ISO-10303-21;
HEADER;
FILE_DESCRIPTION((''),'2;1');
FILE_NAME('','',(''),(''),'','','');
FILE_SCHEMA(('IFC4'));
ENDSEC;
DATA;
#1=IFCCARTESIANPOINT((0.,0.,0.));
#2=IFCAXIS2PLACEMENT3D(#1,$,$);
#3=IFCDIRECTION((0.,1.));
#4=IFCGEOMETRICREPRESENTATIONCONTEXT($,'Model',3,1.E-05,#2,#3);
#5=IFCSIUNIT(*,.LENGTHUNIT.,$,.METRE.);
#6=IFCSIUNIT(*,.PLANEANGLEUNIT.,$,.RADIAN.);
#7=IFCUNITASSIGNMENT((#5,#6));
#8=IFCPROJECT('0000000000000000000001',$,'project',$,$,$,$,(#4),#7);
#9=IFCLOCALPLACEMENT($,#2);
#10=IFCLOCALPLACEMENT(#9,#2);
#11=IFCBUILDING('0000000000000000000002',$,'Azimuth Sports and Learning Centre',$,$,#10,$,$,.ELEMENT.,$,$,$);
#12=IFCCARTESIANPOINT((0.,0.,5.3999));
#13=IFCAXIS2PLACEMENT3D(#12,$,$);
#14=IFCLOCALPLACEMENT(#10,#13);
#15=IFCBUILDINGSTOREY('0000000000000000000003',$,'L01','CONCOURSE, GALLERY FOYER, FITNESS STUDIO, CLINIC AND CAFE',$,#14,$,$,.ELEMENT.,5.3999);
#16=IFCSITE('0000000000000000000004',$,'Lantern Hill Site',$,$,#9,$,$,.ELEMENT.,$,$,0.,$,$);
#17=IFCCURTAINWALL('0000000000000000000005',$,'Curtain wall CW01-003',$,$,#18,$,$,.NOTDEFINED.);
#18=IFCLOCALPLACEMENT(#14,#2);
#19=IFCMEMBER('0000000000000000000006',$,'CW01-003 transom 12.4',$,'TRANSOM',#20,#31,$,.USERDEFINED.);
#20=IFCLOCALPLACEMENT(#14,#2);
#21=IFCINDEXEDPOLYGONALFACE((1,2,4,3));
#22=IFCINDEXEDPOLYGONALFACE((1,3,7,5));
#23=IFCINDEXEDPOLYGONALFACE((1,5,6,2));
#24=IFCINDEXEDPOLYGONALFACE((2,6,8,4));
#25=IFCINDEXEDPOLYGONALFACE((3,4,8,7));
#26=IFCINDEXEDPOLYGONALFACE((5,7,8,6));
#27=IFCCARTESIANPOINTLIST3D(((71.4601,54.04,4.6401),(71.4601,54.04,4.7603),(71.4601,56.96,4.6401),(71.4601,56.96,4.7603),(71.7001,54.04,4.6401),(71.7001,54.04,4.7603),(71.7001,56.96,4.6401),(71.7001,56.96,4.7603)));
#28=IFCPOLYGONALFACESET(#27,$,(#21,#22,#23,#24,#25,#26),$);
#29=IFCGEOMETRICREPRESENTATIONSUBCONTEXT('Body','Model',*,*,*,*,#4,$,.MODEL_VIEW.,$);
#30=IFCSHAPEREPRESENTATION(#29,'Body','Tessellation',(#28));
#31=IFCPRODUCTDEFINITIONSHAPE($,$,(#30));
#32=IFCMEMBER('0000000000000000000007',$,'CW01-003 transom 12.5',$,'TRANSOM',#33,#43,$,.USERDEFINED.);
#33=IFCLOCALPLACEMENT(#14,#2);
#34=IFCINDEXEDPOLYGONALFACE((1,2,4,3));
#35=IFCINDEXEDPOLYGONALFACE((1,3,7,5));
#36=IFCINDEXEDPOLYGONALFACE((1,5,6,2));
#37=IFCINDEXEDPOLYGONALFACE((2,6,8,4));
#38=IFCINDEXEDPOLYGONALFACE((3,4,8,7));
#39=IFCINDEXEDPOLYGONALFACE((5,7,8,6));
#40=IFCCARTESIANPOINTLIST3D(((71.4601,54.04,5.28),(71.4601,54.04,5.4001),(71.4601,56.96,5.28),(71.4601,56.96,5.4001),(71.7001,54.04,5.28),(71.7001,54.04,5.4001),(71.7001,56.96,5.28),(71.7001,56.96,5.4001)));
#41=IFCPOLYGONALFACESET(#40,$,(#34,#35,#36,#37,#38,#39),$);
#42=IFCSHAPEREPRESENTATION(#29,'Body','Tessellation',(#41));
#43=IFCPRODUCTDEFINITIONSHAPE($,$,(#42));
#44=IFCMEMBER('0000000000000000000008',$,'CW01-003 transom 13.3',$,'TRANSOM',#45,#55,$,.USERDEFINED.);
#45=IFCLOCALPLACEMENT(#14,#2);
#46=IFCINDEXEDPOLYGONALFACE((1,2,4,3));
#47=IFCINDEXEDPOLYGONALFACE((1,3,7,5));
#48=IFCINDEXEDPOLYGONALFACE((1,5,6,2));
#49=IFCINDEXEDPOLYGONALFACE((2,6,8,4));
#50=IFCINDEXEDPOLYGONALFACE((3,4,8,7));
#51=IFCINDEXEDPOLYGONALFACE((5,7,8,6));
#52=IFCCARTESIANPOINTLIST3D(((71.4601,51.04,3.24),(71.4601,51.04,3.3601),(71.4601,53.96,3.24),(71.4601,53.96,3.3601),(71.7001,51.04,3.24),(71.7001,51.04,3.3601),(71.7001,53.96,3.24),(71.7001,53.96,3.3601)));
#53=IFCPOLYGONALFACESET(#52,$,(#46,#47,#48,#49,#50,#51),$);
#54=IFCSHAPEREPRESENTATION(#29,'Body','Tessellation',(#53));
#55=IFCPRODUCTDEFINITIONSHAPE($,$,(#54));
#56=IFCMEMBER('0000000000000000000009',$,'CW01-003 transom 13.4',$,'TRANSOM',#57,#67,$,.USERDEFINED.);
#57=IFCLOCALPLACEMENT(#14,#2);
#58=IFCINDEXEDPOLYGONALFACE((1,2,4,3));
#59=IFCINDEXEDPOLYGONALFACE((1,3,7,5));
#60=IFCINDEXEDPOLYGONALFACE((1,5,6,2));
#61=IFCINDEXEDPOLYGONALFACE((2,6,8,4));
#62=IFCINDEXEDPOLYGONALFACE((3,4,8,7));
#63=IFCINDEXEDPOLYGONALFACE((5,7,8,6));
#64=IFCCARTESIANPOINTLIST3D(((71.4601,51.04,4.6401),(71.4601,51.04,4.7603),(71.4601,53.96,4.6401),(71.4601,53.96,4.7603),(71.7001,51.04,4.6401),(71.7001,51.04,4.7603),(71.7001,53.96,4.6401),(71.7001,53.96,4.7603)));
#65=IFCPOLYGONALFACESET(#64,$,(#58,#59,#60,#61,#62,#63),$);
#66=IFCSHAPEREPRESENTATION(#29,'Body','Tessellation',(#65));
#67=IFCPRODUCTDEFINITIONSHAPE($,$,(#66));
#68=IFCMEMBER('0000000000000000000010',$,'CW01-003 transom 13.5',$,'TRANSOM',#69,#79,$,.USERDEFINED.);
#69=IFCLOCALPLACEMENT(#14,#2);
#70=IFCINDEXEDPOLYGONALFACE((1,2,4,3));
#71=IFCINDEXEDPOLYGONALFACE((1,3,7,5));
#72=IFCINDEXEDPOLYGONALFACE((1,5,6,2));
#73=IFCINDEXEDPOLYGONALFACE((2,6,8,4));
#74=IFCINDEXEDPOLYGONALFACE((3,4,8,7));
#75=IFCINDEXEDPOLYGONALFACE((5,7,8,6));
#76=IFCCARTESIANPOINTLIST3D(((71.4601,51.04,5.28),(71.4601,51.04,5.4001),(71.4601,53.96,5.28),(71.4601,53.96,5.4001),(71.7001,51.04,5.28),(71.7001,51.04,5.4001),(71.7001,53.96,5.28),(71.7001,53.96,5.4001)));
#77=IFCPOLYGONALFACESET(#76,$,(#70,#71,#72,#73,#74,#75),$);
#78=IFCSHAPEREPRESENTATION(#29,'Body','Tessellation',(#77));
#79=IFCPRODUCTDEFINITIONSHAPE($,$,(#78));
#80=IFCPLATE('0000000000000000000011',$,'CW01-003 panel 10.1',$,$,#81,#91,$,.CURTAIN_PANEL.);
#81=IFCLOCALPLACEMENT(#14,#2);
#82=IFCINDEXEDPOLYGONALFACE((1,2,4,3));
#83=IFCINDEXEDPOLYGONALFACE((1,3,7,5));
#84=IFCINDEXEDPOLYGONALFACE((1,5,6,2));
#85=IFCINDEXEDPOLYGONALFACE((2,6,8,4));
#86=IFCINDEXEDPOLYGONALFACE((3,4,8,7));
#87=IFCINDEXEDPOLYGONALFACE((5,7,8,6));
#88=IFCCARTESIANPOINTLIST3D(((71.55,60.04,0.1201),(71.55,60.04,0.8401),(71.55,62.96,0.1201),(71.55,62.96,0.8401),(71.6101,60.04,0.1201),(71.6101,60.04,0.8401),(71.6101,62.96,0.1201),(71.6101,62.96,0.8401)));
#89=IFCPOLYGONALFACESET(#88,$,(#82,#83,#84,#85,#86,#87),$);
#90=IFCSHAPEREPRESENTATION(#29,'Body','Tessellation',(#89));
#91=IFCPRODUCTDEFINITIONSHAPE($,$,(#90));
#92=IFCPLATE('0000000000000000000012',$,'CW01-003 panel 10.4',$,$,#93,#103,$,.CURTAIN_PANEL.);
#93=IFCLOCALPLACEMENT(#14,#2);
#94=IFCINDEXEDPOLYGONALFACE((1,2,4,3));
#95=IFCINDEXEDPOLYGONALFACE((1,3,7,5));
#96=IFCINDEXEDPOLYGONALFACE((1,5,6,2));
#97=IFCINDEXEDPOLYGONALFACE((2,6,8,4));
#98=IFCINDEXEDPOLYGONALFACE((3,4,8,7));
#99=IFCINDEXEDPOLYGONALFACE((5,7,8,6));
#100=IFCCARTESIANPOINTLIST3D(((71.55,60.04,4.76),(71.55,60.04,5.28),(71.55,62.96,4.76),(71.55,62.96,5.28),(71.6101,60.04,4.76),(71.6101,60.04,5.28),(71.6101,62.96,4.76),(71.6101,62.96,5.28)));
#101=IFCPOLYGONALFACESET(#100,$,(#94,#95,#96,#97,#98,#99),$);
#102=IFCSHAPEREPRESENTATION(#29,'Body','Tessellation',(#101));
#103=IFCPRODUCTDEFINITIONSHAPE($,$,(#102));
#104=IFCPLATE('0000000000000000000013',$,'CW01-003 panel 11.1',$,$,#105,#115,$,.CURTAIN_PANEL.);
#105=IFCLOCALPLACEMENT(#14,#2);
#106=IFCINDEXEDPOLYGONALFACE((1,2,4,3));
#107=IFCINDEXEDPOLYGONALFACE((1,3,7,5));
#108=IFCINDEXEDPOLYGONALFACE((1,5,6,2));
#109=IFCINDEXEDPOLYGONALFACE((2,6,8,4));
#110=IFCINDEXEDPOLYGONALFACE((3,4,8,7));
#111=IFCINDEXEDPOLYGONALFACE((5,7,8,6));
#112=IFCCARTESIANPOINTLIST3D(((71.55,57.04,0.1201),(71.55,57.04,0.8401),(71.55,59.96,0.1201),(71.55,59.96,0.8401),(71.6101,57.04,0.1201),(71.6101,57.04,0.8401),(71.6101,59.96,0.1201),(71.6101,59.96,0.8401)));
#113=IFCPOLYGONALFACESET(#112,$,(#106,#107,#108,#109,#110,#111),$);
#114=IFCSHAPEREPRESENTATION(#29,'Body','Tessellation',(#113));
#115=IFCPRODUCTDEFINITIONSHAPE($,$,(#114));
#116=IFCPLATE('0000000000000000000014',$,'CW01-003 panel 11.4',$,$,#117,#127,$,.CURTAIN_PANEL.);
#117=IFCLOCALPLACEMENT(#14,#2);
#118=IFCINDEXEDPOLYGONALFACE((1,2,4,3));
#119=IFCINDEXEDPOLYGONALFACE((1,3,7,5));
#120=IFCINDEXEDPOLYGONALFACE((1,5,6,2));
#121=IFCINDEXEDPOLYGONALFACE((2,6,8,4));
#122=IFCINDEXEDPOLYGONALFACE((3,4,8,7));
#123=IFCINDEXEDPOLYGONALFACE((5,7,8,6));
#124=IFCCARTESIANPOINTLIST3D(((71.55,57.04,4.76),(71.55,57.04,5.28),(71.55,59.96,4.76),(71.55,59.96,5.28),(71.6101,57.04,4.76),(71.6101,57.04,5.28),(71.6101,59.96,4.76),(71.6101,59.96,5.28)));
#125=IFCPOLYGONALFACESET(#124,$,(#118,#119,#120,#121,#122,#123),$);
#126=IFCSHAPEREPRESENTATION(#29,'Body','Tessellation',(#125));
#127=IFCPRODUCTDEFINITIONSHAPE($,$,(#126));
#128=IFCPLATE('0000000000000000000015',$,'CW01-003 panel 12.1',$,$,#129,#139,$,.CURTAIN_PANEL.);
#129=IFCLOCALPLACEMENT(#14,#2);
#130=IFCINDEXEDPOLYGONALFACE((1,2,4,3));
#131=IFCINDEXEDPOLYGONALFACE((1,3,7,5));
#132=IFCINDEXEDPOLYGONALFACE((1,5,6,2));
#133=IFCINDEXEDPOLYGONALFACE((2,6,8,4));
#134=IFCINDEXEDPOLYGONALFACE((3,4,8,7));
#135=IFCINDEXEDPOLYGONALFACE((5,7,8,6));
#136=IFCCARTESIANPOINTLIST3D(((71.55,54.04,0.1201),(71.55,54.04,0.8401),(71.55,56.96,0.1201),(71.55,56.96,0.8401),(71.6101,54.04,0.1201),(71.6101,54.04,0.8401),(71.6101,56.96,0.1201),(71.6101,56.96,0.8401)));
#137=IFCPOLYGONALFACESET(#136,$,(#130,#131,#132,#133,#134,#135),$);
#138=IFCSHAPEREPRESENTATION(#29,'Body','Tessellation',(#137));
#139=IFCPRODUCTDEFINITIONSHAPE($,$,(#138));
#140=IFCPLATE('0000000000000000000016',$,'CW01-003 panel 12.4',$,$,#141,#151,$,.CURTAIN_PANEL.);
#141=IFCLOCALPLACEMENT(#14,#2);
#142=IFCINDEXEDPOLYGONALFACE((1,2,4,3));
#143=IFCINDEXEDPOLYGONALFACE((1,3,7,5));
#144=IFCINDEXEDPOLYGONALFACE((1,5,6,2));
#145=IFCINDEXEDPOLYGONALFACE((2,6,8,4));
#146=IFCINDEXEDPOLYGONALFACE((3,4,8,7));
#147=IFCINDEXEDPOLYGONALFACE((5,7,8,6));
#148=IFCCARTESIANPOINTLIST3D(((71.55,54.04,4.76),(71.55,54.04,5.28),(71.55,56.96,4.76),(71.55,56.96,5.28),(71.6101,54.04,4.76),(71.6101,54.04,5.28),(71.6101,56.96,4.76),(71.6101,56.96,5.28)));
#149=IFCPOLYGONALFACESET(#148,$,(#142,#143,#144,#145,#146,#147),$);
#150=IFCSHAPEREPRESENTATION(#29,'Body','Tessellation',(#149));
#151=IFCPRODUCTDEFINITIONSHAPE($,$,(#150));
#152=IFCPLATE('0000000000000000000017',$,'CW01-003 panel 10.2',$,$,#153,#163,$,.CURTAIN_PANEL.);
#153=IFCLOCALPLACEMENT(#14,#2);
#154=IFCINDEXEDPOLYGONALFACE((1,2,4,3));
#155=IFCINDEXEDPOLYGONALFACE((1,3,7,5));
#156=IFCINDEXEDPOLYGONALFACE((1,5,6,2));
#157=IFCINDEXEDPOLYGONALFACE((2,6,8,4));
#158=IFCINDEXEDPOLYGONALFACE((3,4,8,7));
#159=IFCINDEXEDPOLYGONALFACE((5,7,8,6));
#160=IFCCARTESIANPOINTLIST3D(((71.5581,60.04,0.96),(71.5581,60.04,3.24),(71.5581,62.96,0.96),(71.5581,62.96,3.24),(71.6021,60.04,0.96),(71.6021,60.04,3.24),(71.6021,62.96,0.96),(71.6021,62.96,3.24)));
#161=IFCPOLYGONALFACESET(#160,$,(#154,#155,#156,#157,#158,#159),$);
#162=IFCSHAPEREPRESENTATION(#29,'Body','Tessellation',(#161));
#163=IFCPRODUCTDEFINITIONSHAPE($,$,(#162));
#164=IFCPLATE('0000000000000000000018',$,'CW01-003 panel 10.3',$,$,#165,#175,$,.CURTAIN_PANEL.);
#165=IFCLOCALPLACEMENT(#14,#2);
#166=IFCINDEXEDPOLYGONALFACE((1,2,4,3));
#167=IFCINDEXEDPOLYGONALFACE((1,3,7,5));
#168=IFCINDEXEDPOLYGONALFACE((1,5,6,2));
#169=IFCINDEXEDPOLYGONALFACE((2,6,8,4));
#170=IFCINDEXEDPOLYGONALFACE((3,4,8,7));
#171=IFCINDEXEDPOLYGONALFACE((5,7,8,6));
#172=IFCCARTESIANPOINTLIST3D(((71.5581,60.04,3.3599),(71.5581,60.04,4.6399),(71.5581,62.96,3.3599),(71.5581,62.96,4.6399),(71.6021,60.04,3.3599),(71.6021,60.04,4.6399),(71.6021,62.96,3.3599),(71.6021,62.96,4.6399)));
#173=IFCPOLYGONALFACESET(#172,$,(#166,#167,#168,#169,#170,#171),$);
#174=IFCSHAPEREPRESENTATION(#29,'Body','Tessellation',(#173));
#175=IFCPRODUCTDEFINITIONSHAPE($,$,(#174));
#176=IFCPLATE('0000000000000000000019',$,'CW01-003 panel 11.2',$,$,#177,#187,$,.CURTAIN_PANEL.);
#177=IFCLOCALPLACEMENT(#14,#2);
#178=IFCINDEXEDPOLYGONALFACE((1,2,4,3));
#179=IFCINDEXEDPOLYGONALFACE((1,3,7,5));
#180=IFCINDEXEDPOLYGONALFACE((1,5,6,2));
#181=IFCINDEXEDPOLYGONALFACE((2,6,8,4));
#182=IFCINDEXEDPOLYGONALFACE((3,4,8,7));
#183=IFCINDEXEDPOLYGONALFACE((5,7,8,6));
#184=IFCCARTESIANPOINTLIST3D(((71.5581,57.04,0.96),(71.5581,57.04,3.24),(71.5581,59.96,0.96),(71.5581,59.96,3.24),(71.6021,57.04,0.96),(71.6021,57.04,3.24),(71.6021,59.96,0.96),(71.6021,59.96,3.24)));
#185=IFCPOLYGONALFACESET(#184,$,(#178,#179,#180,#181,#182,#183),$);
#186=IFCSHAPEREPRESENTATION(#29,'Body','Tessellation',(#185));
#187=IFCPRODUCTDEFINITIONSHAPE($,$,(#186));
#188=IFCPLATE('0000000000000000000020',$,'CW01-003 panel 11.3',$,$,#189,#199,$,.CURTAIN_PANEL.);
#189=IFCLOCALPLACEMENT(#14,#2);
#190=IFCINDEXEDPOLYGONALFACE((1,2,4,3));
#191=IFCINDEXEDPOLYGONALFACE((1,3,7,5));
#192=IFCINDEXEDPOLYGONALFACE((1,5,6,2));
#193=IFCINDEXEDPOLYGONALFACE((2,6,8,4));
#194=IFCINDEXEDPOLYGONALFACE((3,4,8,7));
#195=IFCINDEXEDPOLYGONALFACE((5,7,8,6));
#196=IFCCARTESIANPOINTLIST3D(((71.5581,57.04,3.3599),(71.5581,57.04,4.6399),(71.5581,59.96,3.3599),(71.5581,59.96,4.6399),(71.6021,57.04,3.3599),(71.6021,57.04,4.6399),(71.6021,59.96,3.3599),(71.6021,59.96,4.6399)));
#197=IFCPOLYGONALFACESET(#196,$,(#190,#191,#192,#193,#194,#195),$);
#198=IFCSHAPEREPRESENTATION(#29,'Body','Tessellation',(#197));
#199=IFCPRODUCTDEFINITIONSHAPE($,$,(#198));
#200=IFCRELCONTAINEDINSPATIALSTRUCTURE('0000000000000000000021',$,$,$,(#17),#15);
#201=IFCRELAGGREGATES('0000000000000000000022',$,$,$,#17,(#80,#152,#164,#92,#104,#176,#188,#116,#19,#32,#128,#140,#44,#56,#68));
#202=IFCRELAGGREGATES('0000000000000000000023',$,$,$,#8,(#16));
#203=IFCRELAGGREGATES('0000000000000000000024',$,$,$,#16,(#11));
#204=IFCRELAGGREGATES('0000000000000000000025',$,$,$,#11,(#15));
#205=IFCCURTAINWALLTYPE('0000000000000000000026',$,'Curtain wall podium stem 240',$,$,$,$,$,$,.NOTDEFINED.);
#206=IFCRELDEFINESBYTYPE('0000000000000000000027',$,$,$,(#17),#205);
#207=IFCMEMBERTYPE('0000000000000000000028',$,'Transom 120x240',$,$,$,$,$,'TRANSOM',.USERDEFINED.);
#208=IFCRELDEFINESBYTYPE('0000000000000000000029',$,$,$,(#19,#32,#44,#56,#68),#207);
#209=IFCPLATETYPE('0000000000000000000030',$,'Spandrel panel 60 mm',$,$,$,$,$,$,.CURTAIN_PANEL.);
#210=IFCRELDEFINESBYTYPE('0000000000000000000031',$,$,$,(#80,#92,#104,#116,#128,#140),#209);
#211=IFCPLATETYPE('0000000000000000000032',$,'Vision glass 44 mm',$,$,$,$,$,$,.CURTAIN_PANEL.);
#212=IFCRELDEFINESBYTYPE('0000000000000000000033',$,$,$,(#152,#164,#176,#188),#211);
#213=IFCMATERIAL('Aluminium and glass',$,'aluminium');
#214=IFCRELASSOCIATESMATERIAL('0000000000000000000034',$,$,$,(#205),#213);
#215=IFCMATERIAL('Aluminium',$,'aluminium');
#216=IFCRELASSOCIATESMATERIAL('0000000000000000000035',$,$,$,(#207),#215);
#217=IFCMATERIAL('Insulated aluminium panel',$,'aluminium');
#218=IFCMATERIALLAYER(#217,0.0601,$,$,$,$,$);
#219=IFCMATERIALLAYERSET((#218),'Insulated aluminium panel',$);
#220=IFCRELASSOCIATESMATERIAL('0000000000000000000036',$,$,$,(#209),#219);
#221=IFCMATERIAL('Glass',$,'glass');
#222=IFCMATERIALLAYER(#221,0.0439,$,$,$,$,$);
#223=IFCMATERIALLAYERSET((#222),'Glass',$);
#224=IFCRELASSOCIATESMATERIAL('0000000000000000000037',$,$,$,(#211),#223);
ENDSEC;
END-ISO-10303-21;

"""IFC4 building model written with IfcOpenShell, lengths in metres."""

from ifc_helpers import new_model, si_unit, direction, frame, origin, origin_2d, place, context, subcontext, project, spatial, rectangle, extrude, material, layer, layer_set, material_profile, profile_set, type_object, element, aggregate, save


model = new_model("IFC4")

# Units and contexts
model_context = context("Model", 3, precision=1e-05, world=origin(), true_north=direction((0.0, 1.0)))
body_context = subcontext(model_context, "Body", "Model", "MODEL_VIEW")
ifc_project = project(units=[si_unit("LENGTHUNIT", "METRE"), si_unit("PLANEANGLEUNIT", "RADIAN")], contexts=[model_context])

# Site, building, storey
site_placement = place(None, origin())
site = spatial("IfcSite", under=ifc_project, at=site_placement, Name="Lantern Hill Site", CompositionType="ELEMENT", RefElevation=0.0)
building_placement = place(site_placement, origin())
building = spatial("IfcBuilding", under=site, at=building_placement, Name="Azimuth Sports and Learning Centre", CompositionType="ELEMENT")
storey_placement = place(building_placement, frame((0.0, 0.0, 5.3999)))
storey = spatial("IfcBuildingStorey", under=building, at=storey_placement, Name="L01", Description="CONCOURSE, GALLERY FOYER, FITNESS STUDIO, CLINIC AND CAFE", CompositionType="ELEMENT", Elevation=5.3999)

# Curtain wall
ifc_material_1 = material(Name="Aluminium and glass", Category="aluminium")
curtain_wall_type_1 = type_object("IfcCurtainWallType", Name="Curtain wall podium stem 240", PredefinedType="NOTDEFINED", material=ifc_material_1)
curtain_wall_1_placement = place(storey_placement, origin())
curtain_wall_1 = element("IfcCurtainWall", 1, at=curtain_wall_1_placement, inside=storey, type_object=curtain_wall_type_1, Name="Curtain wall CW01-003", PredefinedType="NOTDEFINED")
ifc_material_2 = material(Name="Aluminium", Category="aluminium")
ifc_material_profile_1 = material_profile(ifc_material_2, rectangle(XDim=0.24, YDim=0.1201, at=origin_2d()), Name="Transom 120x240")
ifc_profile_set_1 = profile_set([ifc_material_profile_1], Name="Aluminium")
member_type_1 = type_object("IfcMemberType", Name="Transom 120x240", ElementType="TRANSOM", PredefinedType="USERDEFINED", material=ifc_profile_set_1)

# Members
member_1_placement = place(storey_placement, frame((71.5801, 56.96, 4.7002), z_axis=(0.0, -1.0, 0.0), x_axis=(1.0, 0.0, 0.0)))
member_1 = element("IfcMember", 2, at=member_1_placement, type_object=member_type_1, Name="CW01-003 transom 12.4", ObjectType="TRANSOM", PredefinedType="USERDEFINED", context=body_context, shape_type="SweptSolid", body=[
    extrude(rectangle(XDim=0.24, YDim=0.1201, at=origin_2d()), origin(), (0.0, 0.0, 1.0), 2.9199),
])
member_2_placement = place(storey_placement, frame((71.5801, 56.96, 5.3401), z_axis=(0.0, -1.0, 0.0), x_axis=(1.0, 0.0, 0.0)))
member_2 = element("IfcMember", 3, at=member_2_placement, type_object=member_type_1, Name="CW01-003 transom 12.5", ObjectType="TRANSOM", PredefinedType="USERDEFINED", context=body_context, shape_type="SweptSolid", body=[
    extrude(rectangle(XDim=0.24, YDim=0.1201, at=origin_2d()), origin(), (0.0, 0.0, 1.0), 2.9199),
])
member_3_placement = place(storey_placement, frame((71.5801, 53.96, 3.3), z_axis=(0.0, -1.0, 0.0), x_axis=(1.0, 0.0, 0.0)))
member_3 = element("IfcMember", 4, at=member_3_placement, type_object=member_type_1, Name="CW01-003 transom 13.3", ObjectType="TRANSOM", PredefinedType="USERDEFINED", context=body_context, shape_type="SweptSolid", body=[
    extrude(rectangle(XDim=0.24, YDim=0.1201, at=origin_2d()), origin(), (0.0, 0.0, 1.0), 2.9199),
])
member_4_placement = place(storey_placement, frame((71.5801, 53.96, 4.7002), z_axis=(0.0, -1.0, 0.0), x_axis=(1.0, 0.0, 0.0)))
member_4 = element("IfcMember", 5, at=member_4_placement, type_object=member_type_1, Name="CW01-003 transom 13.4", ObjectType="TRANSOM", PredefinedType="USERDEFINED", context=body_context, shape_type="SweptSolid", body=[
    extrude(rectangle(XDim=0.24, YDim=0.1201, at=origin_2d()), origin(), (0.0, 0.0, 1.0), 2.9199),
])
member_5_placement = place(storey_placement, frame((71.5801, 53.96, 5.3401), z_axis=(0.0, -1.0, 0.0), x_axis=(1.0, 0.0, 0.0)))
member_5 = element("IfcMember", 6, at=member_5_placement, type_object=member_type_1, Name="CW01-003 transom 13.5", ObjectType="TRANSOM", PredefinedType="USERDEFINED", context=body_context, shape_type="SweptSolid", body=[
    extrude(rectangle(XDim=0.24, YDim=0.1201, at=origin_2d()), origin(), (0.0, 0.0, 1.0), 2.9199),
])

# Plates
ifc_material_3 = material(Name="Insulated aluminium panel", Category="aluminium")
ifc_layer_1 = layer(ifc_material_3, 0.0601)
ifc_layer_set_1 = layer_set([ifc_layer_1], Name="Insulated aluminium panel")
plate_type_1 = type_object("IfcPlateType", Name="Spandrel panel 60 mm", PredefinedType="CURTAIN_PANEL", material=ifc_layer_set_1)
plate_1_placement = place(storey_placement, frame((71.5801, 61.5, 0.1201), z_axis=(0.0, 0.0, 1.0), x_axis=(0.0, -1.0, 0.0)))
plate_1 = element("IfcPlate", 7, at=plate_1_placement, type_object=plate_type_1, Name="CW01-003 panel 10.1", PredefinedType="CURTAIN_PANEL", context=body_context, shape_type="SweptSolid", body=[
    extrude(rectangle(XDim=2.9199, YDim=0.0601, at=origin_2d()), origin(), (0.0, 0.0, 1.0), 0.72),
])
plate_2_placement = place(storey_placement, frame((71.5801, 61.5, 4.76), z_axis=(0.0, 0.0, 1.0), x_axis=(0.0, -1.0, 0.0)))
plate_2 = element("IfcPlate", 8, at=plate_2_placement, type_object=plate_type_1, Name="CW01-003 panel 10.4", PredefinedType="CURTAIN_PANEL", context=body_context, shape_type="SweptSolid", body=[
    extrude(rectangle(XDim=2.9199, YDim=0.0601, at=origin_2d()), origin(), (0.0, 0.0, 1.0), 0.52),
])
plate_3_placement = place(storey_placement, frame((71.5801, 58.5, 0.1201), z_axis=(0.0, 0.0, 1.0), x_axis=(0.0, -1.0, 0.0)))
plate_3 = element("IfcPlate", 9, at=plate_3_placement, type_object=plate_type_1, Name="CW01-003 panel 11.1", PredefinedType="CURTAIN_PANEL", context=body_context, shape_type="SweptSolid", body=[
    extrude(rectangle(XDim=2.9199, YDim=0.0601, at=origin_2d()), origin(), (0.0, 0.0, 1.0), 0.72),
])
plate_4_placement = place(storey_placement, frame((71.5801, 58.5, 4.76), z_axis=(0.0, 0.0, 1.0), x_axis=(0.0, -1.0, 0.0)))
plate_4 = element("IfcPlate", 10, at=plate_4_placement, type_object=plate_type_1, Name="CW01-003 panel 11.4", PredefinedType="CURTAIN_PANEL", context=body_context, shape_type="SweptSolid", body=[
    extrude(rectangle(XDim=2.9199, YDim=0.0601, at=origin_2d()), origin(), (0.0, 0.0, 1.0), 0.52),
])
plate_5_placement = place(storey_placement, frame((71.5801, 55.5, 0.1201), z_axis=(0.0, 0.0, 1.0), x_axis=(0.0, -1.0, 0.0)))
plate_5 = element("IfcPlate", 11, at=plate_5_placement, type_object=plate_type_1, Name="CW01-003 panel 12.1", PredefinedType="CURTAIN_PANEL", context=body_context, shape_type="SweptSolid", body=[
    extrude(rectangle(XDim=2.9199, YDim=0.0601, at=origin_2d()), origin(), (0.0, 0.0, 1.0), 0.72),
])
plate_6_placement = place(storey_placement, frame((71.5801, 55.5, 4.76), z_axis=(0.0, 0.0, 1.0), x_axis=(0.0, -1.0, 0.0)))
plate_6 = element("IfcPlate", 12, at=plate_6_placement, type_object=plate_type_1, Name="CW01-003 panel 12.4", PredefinedType="CURTAIN_PANEL", context=body_context, shape_type="SweptSolid", body=[
    extrude(rectangle(XDim=2.9199, YDim=0.0601, at=origin_2d()), origin(), (0.0, 0.0, 1.0), 0.52),
])
ifc_material_4 = material(Name="Glass", Category="glass")
ifc_layer_2 = layer(ifc_material_4, 0.0439)
ifc_layer_set_2 = layer_set([ifc_layer_2], Name="Glass")
plate_type_2 = type_object("IfcPlateType", Name="Vision glass 44 mm", PredefinedType="CURTAIN_PANEL", material=ifc_layer_set_2)
plate_7_placement = place(storey_placement, frame((71.5801, 61.5, 0.96), z_axis=(0.0, 0.0, 1.0), x_axis=(0.0, -1.0, 0.0)))
plate_7 = element("IfcPlate", 13, at=plate_7_placement, type_object=plate_type_2, Name="CW01-003 panel 10.2", PredefinedType="CURTAIN_PANEL", context=body_context, shape_type="SweptSolid", body=[
    extrude(rectangle(XDim=2.9199, YDim=0.0439, at=origin_2d()), origin(), (0.0, 0.0, 1.0), 2.28),
])
plate_8_placement = place(storey_placement, frame((71.5801, 61.5, 3.3599), z_axis=(0.0, 0.0, 1.0), x_axis=(0.0, -1.0, 0.0)))
plate_8 = element("IfcPlate", 14, at=plate_8_placement, type_object=plate_type_2, Name="CW01-003 panel 10.3", PredefinedType="CURTAIN_PANEL", context=body_context, shape_type="SweptSolid", body=[
    extrude(rectangle(XDim=2.9199, YDim=0.0439, at=origin_2d()), origin(), (0.0, 0.0, 1.0), 1.28),
])
plate_9_placement = place(storey_placement, frame((71.5801, 58.5, 0.96), z_axis=(0.0, 0.0, 1.0), x_axis=(0.0, -1.0, 0.0)))
plate_9 = element("IfcPlate", 15, at=plate_9_placement, type_object=plate_type_2, Name="CW01-003 panel 11.2", PredefinedType="CURTAIN_PANEL", context=body_context, shape_type="SweptSolid", body=[
    extrude(rectangle(XDim=2.9199, YDim=0.0439, at=origin_2d()), origin(), (0.0, 0.0, 1.0), 2.28),
])
plate_10_placement = place(storey_placement, frame((71.5801, 58.5, 3.3599), z_axis=(0.0, 0.0, 1.0), x_axis=(0.0, -1.0, 0.0)))
plate_10 = element("IfcPlate", 16, at=plate_10_placement, type_object=plate_type_2, Name="CW01-003 panel 11.3", PredefinedType="CURTAIN_PANEL", context=body_context, shape_type="SweptSolid", body=[
    extrude(rectangle(XDim=2.9199, YDim=0.0439, at=origin_2d()), origin(), (0.0, 0.0, 1.0), 1.28),
])
aggregate(curtain_wall_1, [plate_1, plate_7, plate_8, plate_2, plate_3, plate_9, plate_10, plate_4, member_1, member_2, plate_5, plate_6, member_3, member_4, member_5])

save(model, "model.ifc")
